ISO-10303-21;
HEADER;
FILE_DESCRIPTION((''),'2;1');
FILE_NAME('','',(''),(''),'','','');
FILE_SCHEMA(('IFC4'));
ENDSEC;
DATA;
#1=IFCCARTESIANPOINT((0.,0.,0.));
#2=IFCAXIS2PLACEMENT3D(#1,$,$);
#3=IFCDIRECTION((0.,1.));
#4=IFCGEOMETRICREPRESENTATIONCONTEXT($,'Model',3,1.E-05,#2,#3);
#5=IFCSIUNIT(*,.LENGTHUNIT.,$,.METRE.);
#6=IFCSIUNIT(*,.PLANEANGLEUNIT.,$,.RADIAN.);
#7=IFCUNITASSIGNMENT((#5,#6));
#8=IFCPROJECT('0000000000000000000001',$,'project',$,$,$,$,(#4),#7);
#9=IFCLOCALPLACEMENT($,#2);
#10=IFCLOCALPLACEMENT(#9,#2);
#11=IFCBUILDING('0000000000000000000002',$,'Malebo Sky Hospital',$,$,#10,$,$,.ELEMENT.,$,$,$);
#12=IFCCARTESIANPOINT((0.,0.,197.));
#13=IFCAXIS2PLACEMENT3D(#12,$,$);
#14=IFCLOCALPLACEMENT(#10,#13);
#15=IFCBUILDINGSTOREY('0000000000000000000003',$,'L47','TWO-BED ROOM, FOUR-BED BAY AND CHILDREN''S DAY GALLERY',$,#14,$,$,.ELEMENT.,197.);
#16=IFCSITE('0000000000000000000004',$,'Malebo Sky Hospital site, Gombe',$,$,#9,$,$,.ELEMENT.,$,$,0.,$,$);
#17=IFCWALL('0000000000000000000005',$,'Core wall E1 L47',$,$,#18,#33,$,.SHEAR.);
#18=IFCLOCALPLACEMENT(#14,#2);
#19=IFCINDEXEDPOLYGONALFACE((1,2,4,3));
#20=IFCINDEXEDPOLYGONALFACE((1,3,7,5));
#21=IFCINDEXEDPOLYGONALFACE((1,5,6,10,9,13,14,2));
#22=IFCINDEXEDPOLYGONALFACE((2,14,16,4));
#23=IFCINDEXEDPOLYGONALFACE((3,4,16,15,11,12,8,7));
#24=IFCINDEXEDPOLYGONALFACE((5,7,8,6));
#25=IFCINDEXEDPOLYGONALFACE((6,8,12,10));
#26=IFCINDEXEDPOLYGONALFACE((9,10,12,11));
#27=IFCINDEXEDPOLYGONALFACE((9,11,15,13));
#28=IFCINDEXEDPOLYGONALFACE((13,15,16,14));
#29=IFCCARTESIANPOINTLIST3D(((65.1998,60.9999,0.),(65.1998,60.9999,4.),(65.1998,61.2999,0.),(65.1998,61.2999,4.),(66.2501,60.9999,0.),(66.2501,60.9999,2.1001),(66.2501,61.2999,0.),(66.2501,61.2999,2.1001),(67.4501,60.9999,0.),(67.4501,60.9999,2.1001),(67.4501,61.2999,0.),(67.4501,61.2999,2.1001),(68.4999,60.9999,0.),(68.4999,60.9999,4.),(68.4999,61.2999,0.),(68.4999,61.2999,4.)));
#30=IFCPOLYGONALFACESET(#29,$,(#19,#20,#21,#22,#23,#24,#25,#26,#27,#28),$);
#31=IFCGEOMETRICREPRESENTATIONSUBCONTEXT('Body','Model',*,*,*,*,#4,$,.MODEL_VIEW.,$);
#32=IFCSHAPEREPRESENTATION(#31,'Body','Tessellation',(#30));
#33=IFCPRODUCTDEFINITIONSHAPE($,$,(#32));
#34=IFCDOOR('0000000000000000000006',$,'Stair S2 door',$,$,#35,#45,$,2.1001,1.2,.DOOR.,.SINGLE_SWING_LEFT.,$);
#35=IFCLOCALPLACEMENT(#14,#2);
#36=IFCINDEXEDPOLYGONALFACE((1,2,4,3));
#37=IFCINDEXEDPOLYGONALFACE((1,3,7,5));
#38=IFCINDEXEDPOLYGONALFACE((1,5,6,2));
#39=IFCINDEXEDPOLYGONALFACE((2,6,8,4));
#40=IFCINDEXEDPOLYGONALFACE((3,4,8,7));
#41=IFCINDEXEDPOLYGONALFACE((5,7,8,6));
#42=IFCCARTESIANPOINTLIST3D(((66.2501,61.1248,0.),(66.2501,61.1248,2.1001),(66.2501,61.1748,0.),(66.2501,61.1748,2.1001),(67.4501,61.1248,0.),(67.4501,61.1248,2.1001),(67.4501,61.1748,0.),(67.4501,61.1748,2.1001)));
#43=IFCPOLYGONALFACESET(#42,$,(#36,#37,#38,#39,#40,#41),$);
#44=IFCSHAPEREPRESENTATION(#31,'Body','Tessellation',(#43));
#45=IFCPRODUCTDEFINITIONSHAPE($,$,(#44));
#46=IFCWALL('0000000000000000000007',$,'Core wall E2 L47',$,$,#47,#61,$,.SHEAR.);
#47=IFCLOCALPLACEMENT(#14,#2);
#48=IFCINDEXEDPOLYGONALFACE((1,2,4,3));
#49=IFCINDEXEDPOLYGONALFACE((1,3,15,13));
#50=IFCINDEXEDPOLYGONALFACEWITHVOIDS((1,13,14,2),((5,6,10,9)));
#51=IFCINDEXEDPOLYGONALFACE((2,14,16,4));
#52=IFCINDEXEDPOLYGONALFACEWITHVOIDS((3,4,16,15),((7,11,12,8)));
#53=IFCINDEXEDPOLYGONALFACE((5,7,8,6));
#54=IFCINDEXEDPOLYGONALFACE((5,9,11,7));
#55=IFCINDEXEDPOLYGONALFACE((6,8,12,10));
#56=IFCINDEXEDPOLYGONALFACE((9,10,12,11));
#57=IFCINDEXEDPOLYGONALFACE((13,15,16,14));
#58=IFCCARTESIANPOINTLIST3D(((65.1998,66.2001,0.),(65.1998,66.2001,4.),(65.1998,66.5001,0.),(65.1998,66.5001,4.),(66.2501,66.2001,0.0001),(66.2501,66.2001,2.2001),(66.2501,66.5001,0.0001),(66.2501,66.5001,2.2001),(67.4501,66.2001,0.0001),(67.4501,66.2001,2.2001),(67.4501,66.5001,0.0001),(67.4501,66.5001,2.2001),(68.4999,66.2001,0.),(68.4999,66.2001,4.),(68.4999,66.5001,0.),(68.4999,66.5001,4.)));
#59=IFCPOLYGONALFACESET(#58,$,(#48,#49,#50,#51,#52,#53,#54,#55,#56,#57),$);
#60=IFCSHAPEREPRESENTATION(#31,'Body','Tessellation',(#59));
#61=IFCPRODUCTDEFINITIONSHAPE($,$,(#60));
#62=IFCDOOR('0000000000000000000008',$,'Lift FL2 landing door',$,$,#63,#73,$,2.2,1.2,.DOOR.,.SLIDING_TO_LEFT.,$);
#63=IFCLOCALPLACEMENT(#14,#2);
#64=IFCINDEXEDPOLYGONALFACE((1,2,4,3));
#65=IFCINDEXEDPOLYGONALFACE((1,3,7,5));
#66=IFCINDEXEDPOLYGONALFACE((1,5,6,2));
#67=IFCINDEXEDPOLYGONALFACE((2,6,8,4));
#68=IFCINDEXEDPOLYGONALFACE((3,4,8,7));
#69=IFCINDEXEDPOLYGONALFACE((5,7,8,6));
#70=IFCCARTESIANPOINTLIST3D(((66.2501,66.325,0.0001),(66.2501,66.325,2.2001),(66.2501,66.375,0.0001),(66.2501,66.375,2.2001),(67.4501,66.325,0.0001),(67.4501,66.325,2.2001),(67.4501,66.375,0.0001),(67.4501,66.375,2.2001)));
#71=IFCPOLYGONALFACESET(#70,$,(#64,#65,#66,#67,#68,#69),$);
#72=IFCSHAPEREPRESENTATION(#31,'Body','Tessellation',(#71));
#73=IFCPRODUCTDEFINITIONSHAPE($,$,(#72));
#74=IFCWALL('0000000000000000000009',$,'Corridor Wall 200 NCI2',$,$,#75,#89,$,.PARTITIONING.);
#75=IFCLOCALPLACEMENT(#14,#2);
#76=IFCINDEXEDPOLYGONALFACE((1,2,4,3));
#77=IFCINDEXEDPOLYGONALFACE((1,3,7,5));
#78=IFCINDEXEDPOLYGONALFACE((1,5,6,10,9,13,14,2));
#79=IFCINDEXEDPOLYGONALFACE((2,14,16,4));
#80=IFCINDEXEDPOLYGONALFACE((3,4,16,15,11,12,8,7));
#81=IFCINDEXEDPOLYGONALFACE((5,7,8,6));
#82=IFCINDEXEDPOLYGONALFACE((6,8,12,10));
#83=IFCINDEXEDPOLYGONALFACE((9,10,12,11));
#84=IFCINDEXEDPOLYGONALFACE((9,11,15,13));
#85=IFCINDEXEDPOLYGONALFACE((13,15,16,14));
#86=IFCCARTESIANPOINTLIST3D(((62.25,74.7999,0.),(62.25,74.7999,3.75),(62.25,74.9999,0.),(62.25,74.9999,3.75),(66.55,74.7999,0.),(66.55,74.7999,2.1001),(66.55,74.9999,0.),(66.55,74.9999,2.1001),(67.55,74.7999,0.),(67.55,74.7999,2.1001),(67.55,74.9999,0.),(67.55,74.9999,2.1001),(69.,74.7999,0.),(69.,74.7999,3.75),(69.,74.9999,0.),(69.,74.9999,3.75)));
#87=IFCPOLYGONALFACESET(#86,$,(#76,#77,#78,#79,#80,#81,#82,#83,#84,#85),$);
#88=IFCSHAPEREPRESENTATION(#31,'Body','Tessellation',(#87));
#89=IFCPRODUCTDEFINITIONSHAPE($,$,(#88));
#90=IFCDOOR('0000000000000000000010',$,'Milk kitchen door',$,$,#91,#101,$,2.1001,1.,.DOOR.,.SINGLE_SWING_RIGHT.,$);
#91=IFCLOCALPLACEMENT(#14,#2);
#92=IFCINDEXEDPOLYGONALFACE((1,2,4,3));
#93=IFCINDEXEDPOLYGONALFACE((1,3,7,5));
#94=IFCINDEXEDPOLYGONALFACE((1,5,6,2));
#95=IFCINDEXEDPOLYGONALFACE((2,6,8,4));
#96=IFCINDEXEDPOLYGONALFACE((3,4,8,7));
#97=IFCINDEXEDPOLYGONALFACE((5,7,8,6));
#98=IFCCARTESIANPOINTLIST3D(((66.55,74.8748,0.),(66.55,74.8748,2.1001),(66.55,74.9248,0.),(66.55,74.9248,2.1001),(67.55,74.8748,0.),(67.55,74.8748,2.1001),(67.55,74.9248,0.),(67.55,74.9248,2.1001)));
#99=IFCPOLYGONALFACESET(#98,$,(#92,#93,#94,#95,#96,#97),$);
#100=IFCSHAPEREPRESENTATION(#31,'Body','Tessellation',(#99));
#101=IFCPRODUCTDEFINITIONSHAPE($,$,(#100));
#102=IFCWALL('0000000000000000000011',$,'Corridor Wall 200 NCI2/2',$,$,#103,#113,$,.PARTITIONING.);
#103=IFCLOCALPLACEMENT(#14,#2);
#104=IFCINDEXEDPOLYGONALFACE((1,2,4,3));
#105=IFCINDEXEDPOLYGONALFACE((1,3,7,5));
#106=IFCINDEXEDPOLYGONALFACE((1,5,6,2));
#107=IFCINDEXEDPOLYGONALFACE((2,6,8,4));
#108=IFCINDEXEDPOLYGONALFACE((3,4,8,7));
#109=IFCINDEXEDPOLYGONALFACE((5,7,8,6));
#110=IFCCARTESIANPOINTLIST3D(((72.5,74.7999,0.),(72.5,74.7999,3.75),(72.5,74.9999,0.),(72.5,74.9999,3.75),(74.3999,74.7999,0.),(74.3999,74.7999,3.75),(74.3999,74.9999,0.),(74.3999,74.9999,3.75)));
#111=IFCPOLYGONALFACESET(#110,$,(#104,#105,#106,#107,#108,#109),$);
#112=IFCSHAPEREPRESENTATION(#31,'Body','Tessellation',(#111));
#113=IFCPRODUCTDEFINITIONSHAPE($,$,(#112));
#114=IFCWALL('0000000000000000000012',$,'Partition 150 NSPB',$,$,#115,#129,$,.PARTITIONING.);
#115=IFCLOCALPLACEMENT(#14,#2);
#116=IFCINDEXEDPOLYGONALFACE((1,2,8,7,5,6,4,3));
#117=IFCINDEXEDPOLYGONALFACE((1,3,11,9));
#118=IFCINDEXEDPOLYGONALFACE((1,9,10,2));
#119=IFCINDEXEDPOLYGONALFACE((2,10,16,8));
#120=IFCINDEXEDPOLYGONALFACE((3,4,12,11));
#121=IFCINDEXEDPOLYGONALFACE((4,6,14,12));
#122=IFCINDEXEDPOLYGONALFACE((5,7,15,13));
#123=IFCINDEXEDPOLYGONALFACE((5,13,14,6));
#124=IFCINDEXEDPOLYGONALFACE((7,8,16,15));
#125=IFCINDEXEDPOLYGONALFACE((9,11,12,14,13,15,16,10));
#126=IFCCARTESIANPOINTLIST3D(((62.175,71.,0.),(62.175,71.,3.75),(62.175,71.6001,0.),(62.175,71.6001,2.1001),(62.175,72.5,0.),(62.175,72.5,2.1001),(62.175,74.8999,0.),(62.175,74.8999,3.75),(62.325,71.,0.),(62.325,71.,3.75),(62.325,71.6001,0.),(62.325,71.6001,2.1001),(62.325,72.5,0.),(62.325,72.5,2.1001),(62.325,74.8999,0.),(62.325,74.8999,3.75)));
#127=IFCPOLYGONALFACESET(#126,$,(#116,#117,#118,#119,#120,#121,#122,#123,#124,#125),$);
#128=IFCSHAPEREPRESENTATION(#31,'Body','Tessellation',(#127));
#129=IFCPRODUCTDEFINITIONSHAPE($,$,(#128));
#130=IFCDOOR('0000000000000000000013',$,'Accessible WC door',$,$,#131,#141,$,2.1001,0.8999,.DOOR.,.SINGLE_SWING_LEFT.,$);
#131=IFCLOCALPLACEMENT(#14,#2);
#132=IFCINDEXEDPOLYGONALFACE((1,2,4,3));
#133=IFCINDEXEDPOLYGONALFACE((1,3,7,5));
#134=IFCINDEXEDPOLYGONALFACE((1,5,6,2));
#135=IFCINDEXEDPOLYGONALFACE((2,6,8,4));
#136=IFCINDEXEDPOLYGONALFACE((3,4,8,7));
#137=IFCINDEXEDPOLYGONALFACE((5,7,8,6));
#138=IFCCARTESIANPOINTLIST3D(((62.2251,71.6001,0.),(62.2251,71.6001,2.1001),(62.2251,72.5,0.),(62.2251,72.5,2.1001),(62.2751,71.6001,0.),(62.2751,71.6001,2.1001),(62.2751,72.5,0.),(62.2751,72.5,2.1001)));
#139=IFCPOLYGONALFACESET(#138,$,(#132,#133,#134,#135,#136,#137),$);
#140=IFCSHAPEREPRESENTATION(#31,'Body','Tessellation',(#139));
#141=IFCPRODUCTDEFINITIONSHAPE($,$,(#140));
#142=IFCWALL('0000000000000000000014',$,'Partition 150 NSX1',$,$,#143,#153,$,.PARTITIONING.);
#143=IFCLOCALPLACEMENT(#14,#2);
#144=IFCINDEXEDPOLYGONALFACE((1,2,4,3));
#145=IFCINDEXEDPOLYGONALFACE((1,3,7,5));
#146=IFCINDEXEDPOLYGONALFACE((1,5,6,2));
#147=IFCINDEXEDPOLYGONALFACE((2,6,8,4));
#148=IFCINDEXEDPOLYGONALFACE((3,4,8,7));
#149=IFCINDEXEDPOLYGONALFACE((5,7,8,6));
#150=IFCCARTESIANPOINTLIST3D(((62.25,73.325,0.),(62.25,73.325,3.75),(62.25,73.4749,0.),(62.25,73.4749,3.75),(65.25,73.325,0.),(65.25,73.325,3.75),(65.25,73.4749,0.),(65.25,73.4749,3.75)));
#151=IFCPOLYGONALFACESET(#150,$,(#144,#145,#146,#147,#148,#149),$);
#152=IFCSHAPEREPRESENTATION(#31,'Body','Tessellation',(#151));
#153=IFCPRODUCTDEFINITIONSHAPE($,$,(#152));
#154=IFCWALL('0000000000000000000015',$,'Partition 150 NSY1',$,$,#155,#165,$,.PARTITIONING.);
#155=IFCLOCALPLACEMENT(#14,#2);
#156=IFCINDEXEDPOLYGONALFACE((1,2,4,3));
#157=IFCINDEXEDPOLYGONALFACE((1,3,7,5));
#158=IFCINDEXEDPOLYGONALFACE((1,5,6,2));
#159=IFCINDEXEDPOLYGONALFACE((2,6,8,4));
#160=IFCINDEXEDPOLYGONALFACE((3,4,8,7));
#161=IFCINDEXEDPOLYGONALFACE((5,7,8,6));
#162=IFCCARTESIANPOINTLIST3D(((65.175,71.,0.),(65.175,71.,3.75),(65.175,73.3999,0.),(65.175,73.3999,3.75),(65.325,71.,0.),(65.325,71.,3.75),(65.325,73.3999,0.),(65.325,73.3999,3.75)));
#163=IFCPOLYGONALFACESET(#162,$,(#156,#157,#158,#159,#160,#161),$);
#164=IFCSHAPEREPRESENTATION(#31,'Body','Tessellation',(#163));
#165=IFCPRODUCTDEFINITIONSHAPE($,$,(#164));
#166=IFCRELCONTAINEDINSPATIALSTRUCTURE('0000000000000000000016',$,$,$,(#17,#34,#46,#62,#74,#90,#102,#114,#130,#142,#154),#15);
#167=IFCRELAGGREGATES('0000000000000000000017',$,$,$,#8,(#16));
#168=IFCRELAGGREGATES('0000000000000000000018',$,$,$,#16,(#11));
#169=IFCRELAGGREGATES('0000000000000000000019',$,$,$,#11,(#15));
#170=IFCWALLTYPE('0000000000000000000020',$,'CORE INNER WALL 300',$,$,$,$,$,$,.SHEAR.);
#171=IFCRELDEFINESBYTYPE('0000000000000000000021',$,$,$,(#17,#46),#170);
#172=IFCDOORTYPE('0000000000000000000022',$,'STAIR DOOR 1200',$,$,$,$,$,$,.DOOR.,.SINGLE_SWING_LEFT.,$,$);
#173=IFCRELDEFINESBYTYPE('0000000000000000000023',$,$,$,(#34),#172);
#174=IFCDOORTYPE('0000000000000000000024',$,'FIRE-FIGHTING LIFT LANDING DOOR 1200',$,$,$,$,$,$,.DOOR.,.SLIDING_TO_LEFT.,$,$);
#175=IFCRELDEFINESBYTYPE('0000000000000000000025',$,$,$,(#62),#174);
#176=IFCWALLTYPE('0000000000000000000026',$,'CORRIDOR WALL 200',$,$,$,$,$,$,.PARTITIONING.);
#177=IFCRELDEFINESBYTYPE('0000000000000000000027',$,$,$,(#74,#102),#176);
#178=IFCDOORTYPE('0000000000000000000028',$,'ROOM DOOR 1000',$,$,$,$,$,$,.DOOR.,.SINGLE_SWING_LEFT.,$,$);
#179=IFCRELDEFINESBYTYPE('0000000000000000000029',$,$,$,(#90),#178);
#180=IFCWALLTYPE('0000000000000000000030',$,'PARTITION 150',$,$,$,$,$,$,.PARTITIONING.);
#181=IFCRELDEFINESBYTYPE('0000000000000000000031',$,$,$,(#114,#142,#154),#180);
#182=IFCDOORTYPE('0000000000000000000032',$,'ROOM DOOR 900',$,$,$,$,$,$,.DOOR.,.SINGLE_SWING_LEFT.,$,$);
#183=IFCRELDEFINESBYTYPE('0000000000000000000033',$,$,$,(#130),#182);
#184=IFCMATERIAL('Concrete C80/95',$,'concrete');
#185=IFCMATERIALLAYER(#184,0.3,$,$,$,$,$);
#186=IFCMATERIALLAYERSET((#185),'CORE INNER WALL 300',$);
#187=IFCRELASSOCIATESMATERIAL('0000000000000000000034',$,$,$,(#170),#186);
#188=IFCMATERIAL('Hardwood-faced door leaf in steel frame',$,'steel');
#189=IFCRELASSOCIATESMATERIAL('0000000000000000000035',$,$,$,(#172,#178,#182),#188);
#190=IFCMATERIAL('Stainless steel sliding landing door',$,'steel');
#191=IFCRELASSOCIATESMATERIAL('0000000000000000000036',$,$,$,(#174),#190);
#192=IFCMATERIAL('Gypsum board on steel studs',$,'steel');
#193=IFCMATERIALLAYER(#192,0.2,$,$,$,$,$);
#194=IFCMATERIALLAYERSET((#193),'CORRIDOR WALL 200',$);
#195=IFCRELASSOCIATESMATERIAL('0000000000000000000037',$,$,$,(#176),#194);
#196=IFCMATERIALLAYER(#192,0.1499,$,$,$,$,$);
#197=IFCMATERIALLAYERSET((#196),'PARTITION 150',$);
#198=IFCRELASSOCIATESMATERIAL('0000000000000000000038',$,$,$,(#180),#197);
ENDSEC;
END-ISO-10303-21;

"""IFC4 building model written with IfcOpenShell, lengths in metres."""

from ifc_helpers import new_model, si_unit, direction, frame, frame_2d, origin, place, context, subcontext, project, spatial, rectangle, extrude, material, layer, layer_set, type_object, element, fill, save


model = new_model("IFC4")

# Units and contexts
model_context = context("Model", 3, precision=1e-05, world=origin(), true_north=direction((0.0, 1.0)))
body_context = subcontext(model_context, "Body", "Model", "MODEL_VIEW")
ifc_project = project(units=[si_unit("LENGTHUNIT", "METRE"), si_unit("PLANEANGLEUNIT", "RADIAN")], contexts=[model_context])

# Site, building, storey
site_placement = place(None, origin())
site = spatial("IfcSite", under=ifc_project, at=site_placement, Name="Malebo Sky Hospital site, Gombe", CompositionType="ELEMENT", RefElevation=0.0)
building_placement = place(site_placement, origin())
building = spatial("IfcBuilding", under=site, at=building_placement, Name="Malebo Sky Hospital", CompositionType="ELEMENT")
storey_placement = place(building_placement, frame((0.0, 0.0, 197.0)))
storey = spatial("IfcBuildingStorey", under=building, at=storey_placement, Name="L47", Description="TWO-BED ROOM, FOUR-BED BAY AND CHILDREN'S DAY GALLERY", CompositionType="ELEMENT", Elevation=197.0)

# Shared definitions
ifc_material_1 = material(Name="Concrete C80/95", Category="concrete")

# Walls, openings, doors
ifc_layer_1 = layer(ifc_material_1, 0.3)
ifc_layer_set_1 = layer_set([ifc_layer_1], Name="CORE INNER WALL 300")
wall_type_1 = type_object("IfcWallType", Name="CORE INNER WALL 300", PredefinedType="SHEAR", material=ifc_layer_set_1)
wall_1_placement = place(storey_placement, frame((65.2, 61.1499, 0.0), z_axis=(0.0, 0.0, 1.0), x_axis=(1.0, 0.0, 0.0)))
wall_1 = element("IfcWall", 1, at=wall_1_placement, inside=storey, type_object=wall_type_1, Name="Core wall E1 L47", PredefinedType="SHEAR", context=body_context, shape_type="SweptSolid", body=[
    extrude(rectangle(XDim=3.3, YDim=0.3, at=frame_2d((1.6499, 0.0))), origin(), (0.0, 0.0, 1.0), 4.0),
])
opening_1_placement = place(wall_1_placement, frame((1.05, 0.0, 0.0)))
opening_1 = element("IfcOpeningElement", 2, at=opening_1_placement, cuts=wall_1, PredefinedType="OPENING", context=body_context, shape_type="SweptSolid", body=[
    extrude(rectangle(XDim=1.2, YDim=2.1001, at=frame_2d((0.6001, 1.05))), frame((0.0, 0.1599, 0.0), z_axis=(0.0, -1.0, 0.0), x_axis=(1.0, 0.0, 0.0)), (0.0, 0.0, 1.0), 0.3201),
])
ifc_material_2 = material(Name="Hardwood-faced door leaf in steel frame", Category="steel")
door_type_1 = type_object("IfcDoorType", Name="STAIR DOOR 1200", OperationType="SINGLE_SWING_LEFT", PredefinedType="DOOR", material=ifc_material_2)
door_1_placement = place(opening_1_placement, origin())
door_1 = element("IfcDoor", 3, at=door_1_placement, inside=storey, type_object=door_type_1, Name="Stair S2 door", OperationType="SINGLE_SWING_LEFT", OverallHeight=2.1001, OverallWidth=1.2, PredefinedType="DOOR", context=body_context, shape_type="SweptSolid", body=[
    extrude(rectangle(XDim=1.2, YDim=2.1001, at=frame_2d((0.6001, 1.05))), frame((0.0, 0.0249, 0.0), z_axis=(0.0, -1.0, 0.0), x_axis=(1.0, 0.0, 0.0)), (0.0, 0.0, 1.0), 0.05),
])
fill(opening_1, door_1)
wall_2_placement = place(storey_placement, frame((65.2, 66.3501, 0.0), z_axis=(0.0, 0.0, 1.0), x_axis=(1.0, 0.0, 0.0)))
wall_2 = element("IfcWall", 4, at=wall_2_placement, inside=storey, type_object=wall_type_1, Name="Core wall E2 L47", PredefinedType="SHEAR", context=body_context, shape_type="SweptSolid", body=[
    extrude(rectangle(XDim=3.3, YDim=0.3, at=frame_2d((1.6499, 0.0))), origin(), (0.0, 0.0, 1.0), 4.0),
])
opening_2_placement = place(wall_2_placement, frame((1.05, 0.0, 0.0)))
opening_2 = element("IfcOpeningElement", 5, at=opening_2_placement, cuts=wall_2, PredefinedType="OPENING", context=body_context, shape_type="SweptSolid", body=[
    extrude(rectangle(XDim=1.2, YDim=2.2, at=frame_2d((0.6001, 1.1001))), frame((0.0, 0.1599, 0.0), z_axis=(0.0, -1.0, 0.0), x_axis=(1.0, 0.0, 0.0)), (0.0, 0.0, 1.0), 0.3201),
])
ifc_material_3 = material(Name="Stainless steel sliding landing door", Category="steel")
door_type_2 = type_object("IfcDoorType", Name="FIRE-FIGHTING LIFT LANDING DOOR 1200", OperationType="SLIDING_TO_LEFT", PredefinedType="DOOR", material=ifc_material_3)
door_2_placement = place(opening_2_placement, origin())
door_2 = element("IfcDoor", 6, at=door_2_placement, inside=storey, type_object=door_type_2, Name="Lift FL2 landing door", OperationType="SLIDING_TO_LEFT", OverallHeight=2.2, OverallWidth=1.2, PredefinedType="DOOR", context=body_context, shape_type="SweptSolid", body=[
    extrude(rectangle(XDim=1.2, YDim=2.2, at=frame_2d((0.6001, 1.1001))), frame((0.0, 0.0249, 0.0), z_axis=(0.0, -1.0, 0.0), x_axis=(1.0, 0.0, 0.0)), (0.0, 0.0, 1.0), 0.05),
])
fill(opening_2, door_2)
ifc_material_4 = material(Name="Gypsum board on steel studs", Category="steel")
ifc_layer_2 = layer(ifc_material_4, 0.2)
ifc_layer_set_2 = layer_set([ifc_layer_2], Name="CORRIDOR WALL 200")
wall_type_2 = type_object("IfcWallType", Name="CORRIDOR WALL 200", PredefinedType="PARTITIONING", material=ifc_layer_set_2)
wall_3_placement = place(storey_placement, frame((62.25, 74.8999, 0.0), z_axis=(0.0, 0.0, 1.0), x_axis=(1.0, 0.0, 0.0)))
wall_3 = element("IfcWall", 7, at=wall_3_placement, inside=storey, type_object=wall_type_2, Name="Corridor Wall 200 NCI2", PredefinedType="PARTITIONING", context=body_context, shape_type="SweptSolid", body=[
    extrude(rectangle(XDim=6.75, YDim=0.2, at=frame_2d((3.375, 0.0))), origin(), (0.0, 0.0, 1.0), 3.75),
])
opening_3_placement = place(wall_3_placement, frame((4.3, 0.0, 0.0)))
opening_3 = element("IfcOpeningElement", 8, at=opening_3_placement, cuts=wall_3, PredefinedType="OPENING", context=body_context, shape_type="SweptSolid", body=[
    extrude(rectangle(XDim=1.0, YDim=2.1001, at=frame_2d((0.5, 1.05))), frame((0.0, 0.1099, 0.0), z_axis=(0.0, -1.0, 0.0), x_axis=(1.0, 0.0, 0.0)), (0.0, 0.0, 1.0), 0.22),
])
door_type_3 = type_object("IfcDoorType", Name="ROOM DOOR 1000", OperationType="SINGLE_SWING_LEFT", PredefinedType="DOOR", material=ifc_material_2)
door_3_placement = place(opening_3_placement, origin())
door_3 = element("IfcDoor", 9, at=door_3_placement, inside=storey, type_object=door_type_3, Name="Milk kitchen door", OperationType="SINGLE_SWING_RIGHT", OverallHeight=2.1001, OverallWidth=1.0, PredefinedType="DOOR", context=body_context, shape_type="SweptSolid", body=[
    extrude(rectangle(XDim=1.0, YDim=2.1001, at=frame_2d((0.5, 1.05))), frame((0.0, 0.0249, 0.0), z_axis=(0.0, -1.0, 0.0), x_axis=(1.0, 0.0, 0.0)), (0.0, 0.0, 1.0), 0.05),
])
fill(opening_3, door_3)

# Wall
wall_4_placement = place(storey_placement, frame((72.5, 74.8999, 0.0), z_axis=(0.0, 0.0, 1.0), x_axis=(1.0, 0.0, 0.0)))
element("IfcWall", 10, at=wall_4_placement, inside=storey, type_object=wall_type_2, Name="Corridor Wall 200 NCI2/2", PredefinedType="PARTITIONING", context=body_context, shape_type="SweptSolid", body=[
    extrude(rectangle(XDim=1.8999, YDim=0.2, at=frame_2d((0.95, 0.0))), origin(), (0.0, 0.0, 1.0), 3.75),
])

# Wall, opening, door
ifc_layer_3 = layer(ifc_material_4, 0.1499)
ifc_layer_set_3 = layer_set([ifc_layer_3], Name="PARTITION 150")
wall_type_3 = type_object("IfcWallType", Name="PARTITION 150", PredefinedType="PARTITIONING", material=ifc_layer_set_3)
wall_5_placement = place(storey_placement, frame((62.25, 71.0, 0.0), z_axis=(0.0, 0.0, 1.0), x_axis=(0.0, 1.0, 0.0)))
wall_5 = element("IfcWall", 11, at=wall_5_placement, inside=storey, type_object=wall_type_3, Name="Partition 150 NSPB", PredefinedType="PARTITIONING", context=body_context, shape_type="SweptSolid", body=[
    extrude(rectangle(XDim=3.8999, YDim=0.1499, at=frame_2d((1.95, 0.0))), origin(), (0.0, 0.0, 1.0), 3.75),
])
opening_4_placement = place(wall_5_placement, frame((0.6001, 0.0, 0.0)))
opening_4 = element("IfcOpeningElement", 12, at=opening_4_placement, cuts=wall_5, PredefinedType="OPENING", context=body_context, shape_type="SweptSolid", body=[
    extrude(rectangle(XDim=0.8999, YDim=2.1001, at=frame_2d((0.45, 1.05))), frame((0.0, 0.085, 0.0), z_axis=(0.0, -1.0, 0.0), x_axis=(1.0, 0.0, 0.0)), (0.0, 0.0, 1.0), 0.1699),
])
door_type_4 = type_object("IfcDoorType", Name="ROOM DOOR 900", OperationType="SINGLE_SWING_LEFT", PredefinedType="DOOR", material=ifc_material_2)
door_4_placement = place(opening_4_placement, origin())
door_4 = element("IfcDoor", 13, at=door_4_placement, inside=storey, type_object=door_type_4, Name="Accessible WC door", OperationType="SINGLE_SWING_LEFT", OverallHeight=2.1001, OverallWidth=0.8999, PredefinedType="DOOR", context=body_context, shape_type="SweptSolid", body=[
    extrude(rectangle(XDim=0.8999, YDim=2.1001, at=frame_2d((0.45, 1.05))), frame((0.0, 0.0249, 0.0), z_axis=(0.0, -1.0, 0.0), x_axis=(1.0, 0.0, 0.0)), (0.0, 0.0, 1.0), 0.05),
])
fill(opening_4, door_4)

# Walls
wall_6_placement = place(storey_placement, frame((62.25, 73.3999, 0.0), z_axis=(0.0, 0.0, 1.0), x_axis=(1.0, 0.0, 0.0)))
element("IfcWall", 14, at=wall_6_placement, inside=storey, type_object=wall_type_3, Name="Partition 150 NSX1", PredefinedType="PARTITIONING", context=body_context, shape_type="SweptSolid", body=[
    extrude(rectangle(XDim=3.0, YDim=0.1499, at=frame_2d((1.5, 0.0))), origin(), (0.0, 0.0, 1.0), 3.75),
])
wall_7_placement = place(storey_placement, frame((65.25, 71.0, 0.0), z_axis=(0.0, 0.0, 1.0), x_axis=(0.0, 1.0, 0.0)))
element("IfcWall", 15, at=wall_7_placement, inside=storey, type_object=wall_type_3, Name="Partition 150 NSY1", PredefinedType="PARTITIONING", context=body_context, shape_type="SweptSolid", body=[
    extrude(rectangle(XDim=2.3999, YDim=0.1499, at=frame_2d((1.2, 0.0))), origin(), (0.0, 0.0, 1.0), 3.75),
])

save(model, "model.ifc")
